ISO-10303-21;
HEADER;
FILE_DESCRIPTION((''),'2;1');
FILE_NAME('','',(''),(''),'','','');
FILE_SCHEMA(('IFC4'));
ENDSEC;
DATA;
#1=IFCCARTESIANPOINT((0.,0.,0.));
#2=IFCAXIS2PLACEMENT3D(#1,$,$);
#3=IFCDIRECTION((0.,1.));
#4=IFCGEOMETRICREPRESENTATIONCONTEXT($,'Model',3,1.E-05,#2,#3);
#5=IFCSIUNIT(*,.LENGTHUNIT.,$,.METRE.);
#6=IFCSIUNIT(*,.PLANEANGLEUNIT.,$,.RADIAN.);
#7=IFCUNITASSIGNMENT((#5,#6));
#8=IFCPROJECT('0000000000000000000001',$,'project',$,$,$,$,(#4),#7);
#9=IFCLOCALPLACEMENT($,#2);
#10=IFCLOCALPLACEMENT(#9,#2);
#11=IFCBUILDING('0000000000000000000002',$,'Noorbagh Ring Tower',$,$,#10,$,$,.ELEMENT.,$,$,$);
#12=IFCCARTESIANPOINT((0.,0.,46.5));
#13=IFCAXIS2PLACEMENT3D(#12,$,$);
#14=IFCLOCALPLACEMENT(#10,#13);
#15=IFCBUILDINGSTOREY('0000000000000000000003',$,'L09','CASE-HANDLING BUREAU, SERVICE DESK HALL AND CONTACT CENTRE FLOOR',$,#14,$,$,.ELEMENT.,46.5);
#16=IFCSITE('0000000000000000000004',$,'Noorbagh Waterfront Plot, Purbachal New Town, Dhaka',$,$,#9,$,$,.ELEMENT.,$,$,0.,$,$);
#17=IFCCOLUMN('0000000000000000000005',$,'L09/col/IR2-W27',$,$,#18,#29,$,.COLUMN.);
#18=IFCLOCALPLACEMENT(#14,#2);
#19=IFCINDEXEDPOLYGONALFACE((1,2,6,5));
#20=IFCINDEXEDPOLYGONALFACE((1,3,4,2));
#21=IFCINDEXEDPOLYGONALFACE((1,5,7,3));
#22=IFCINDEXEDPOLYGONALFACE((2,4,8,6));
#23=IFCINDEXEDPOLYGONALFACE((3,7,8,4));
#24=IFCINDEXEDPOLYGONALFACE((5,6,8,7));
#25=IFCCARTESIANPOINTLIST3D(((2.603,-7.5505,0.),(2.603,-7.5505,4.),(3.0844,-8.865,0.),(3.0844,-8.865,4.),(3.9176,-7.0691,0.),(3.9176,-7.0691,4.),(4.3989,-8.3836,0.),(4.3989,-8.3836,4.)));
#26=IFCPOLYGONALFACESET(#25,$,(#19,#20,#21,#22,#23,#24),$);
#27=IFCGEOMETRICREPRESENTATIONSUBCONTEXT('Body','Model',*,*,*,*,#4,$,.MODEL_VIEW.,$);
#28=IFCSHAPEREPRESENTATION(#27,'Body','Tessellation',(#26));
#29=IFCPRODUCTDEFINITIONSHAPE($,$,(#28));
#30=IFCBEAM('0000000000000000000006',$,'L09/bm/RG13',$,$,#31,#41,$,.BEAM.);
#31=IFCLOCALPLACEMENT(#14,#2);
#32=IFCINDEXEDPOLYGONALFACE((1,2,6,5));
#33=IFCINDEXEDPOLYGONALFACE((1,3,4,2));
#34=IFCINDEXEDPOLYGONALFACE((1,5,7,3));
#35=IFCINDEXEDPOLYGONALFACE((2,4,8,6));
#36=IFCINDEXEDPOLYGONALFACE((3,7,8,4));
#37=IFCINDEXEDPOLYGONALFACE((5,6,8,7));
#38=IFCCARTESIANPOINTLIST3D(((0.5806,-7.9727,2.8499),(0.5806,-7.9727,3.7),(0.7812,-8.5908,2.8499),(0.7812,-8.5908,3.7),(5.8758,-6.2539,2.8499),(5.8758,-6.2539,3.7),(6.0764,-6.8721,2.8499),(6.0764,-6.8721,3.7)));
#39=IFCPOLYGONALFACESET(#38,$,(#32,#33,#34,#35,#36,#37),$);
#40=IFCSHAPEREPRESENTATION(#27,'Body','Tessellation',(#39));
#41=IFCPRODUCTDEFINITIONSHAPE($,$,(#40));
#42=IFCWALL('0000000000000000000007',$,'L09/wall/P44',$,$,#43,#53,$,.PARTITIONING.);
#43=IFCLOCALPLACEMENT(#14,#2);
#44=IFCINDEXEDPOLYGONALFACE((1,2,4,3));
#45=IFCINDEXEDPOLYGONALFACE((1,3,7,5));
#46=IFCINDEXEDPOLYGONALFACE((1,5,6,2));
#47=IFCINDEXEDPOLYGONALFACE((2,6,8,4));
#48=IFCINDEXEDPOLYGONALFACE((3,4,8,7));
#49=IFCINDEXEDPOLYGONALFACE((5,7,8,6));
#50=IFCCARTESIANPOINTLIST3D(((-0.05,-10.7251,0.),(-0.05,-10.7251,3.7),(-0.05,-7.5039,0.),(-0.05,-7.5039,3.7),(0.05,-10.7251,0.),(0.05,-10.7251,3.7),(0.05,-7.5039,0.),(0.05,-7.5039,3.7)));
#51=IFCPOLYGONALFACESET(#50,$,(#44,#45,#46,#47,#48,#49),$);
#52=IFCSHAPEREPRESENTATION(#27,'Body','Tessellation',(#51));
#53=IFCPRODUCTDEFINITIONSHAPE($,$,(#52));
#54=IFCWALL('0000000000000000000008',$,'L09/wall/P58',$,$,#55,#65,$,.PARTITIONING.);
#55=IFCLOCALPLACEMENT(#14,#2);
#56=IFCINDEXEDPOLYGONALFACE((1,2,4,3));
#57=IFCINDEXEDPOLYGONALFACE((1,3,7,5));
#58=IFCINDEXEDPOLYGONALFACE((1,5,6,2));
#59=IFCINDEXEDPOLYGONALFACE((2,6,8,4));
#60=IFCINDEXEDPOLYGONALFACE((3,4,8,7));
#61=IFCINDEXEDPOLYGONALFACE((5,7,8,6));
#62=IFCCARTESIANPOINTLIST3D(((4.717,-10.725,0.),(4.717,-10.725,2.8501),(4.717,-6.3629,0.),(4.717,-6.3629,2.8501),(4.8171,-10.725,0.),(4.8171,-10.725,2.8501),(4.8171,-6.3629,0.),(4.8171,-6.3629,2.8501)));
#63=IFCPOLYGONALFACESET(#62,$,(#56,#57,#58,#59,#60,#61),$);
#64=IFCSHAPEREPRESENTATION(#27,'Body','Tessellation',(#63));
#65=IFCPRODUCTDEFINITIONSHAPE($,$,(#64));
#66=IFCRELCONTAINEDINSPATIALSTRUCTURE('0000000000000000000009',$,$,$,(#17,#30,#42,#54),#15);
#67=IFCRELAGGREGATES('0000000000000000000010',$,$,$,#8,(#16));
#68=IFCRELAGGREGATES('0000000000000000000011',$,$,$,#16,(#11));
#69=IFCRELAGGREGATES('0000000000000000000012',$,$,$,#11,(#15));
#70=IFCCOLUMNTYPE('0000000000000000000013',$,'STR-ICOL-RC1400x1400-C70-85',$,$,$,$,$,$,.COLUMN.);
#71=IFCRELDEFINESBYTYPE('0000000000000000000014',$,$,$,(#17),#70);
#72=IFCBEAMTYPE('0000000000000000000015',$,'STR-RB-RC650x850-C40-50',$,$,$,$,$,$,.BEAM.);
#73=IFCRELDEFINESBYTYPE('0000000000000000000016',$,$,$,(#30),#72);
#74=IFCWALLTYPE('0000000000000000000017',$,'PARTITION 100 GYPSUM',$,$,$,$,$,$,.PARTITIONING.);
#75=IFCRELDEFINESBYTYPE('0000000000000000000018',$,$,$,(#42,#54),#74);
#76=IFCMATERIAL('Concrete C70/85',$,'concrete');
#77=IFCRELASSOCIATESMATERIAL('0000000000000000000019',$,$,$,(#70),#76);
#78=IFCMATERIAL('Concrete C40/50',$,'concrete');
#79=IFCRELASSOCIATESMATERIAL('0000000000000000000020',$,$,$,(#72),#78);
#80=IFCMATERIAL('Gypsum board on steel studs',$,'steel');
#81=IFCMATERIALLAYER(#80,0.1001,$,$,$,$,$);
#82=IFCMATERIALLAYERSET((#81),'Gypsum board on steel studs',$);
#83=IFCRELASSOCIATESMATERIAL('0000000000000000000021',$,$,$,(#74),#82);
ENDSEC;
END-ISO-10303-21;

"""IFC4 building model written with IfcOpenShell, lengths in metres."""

from ifc_helpers import new_model, si_unit, direction, frame, frame_2d, origin, origin_2d, place, context, subcontext, project, spatial, rectangle, extrude, material, layer, layer_set, material_profile, profile_set, type_object, element, save


model = new_model("IFC4")

# Units and contexts
model_context = context("Model", 3, precision=1e-05, world=origin(), true_north=direction((0.0, 1.0)))
body_context = subcontext(model_context, "Body", "Model", "MODEL_VIEW")
ifc_project = project(units=[si_unit("LENGTHUNIT", "METRE"), si_unit("PLANEANGLEUNIT", "RADIAN")], contexts=[model_context])

# Site, building, storey
site_placement = place(None, origin())
site = spatial("IfcSite", under=ifc_project, at=site_placement, Name="Noorbagh Waterfront Plot, Purbachal New Town, Dhaka", CompositionType="ELEMENT", RefElevation=0.0)
building_placement = place(site_placement, origin())
building = spatial("IfcBuilding", under=site, at=building_placement, Name="Noorbagh Ring Tower", CompositionType="ELEMENT")
storey_placement = place(building_placement, frame((0.0, 0.0, 46.5)))
storey = spatial("IfcBuildingStorey", under=building, at=storey_placement, Name="L09", Description="CASE-HANDLING BUREAU, SERVICE DESK HALL AND CONTACT CENTRE FLOOR", CompositionType="ELEMENT", Elevation=46.5)

# Column
ifc_material_1 = material(Name="Concrete C70/85", Category="concrete")
ifc_material_profile_1 = material_profile(ifc_material_1, rectangle(XDim=1.3999, YDim=1.3999, at=origin_2d()), Name="RC1400x1400")
ifc_profile_set_1 = profile_set([ifc_material_profile_1], Name="Concrete C70/85")
column_type = type_object("IfcColumnType", Name="STR-ICOL-RC1400x1400-C70-85", PredefinedType="COLUMN", material=ifc_profile_set_1)
column_placement = place(storey_placement, frame((3.501, -7.967, 0.0), z_axis=(0.0, 0.0, 1.0), x_axis=(0.93902, 0.343864, 0.0)))
element("IfcColumn", 1, at=column_placement, inside=storey, type_object=column_type, Name="L09/col/IR2-W27", PredefinedType="COLUMN", context=body_context, shape_type="SweptSolid", body=[
    extrude(rectangle(XDim=1.3999, YDim=1.3999, at=origin_2d()), origin(), (0.0, 0.0, 1.0), 4.0),
])

# Beam
ifc_material_2 = material(Name="Concrete C40/50", Category="concrete")
ifc_material_profile_2 = material_profile(ifc_material_2, rectangle(XDim=0.6499, YDim=0.8501, at=origin_2d()), Name="RC650x850")
ifc_profile_set_2 = profile_set([ifc_material_profile_2], Name="Concrete C40/50")
beam_type = type_object("IfcBeamType", Name="STR-RB-RC650x850-C40-50", PredefinedType="BEAM", material=ifc_profile_set_2)
beam_placement = place(storey_placement, frame((0.6809, -8.2817, 3.2749), z_axis=(0.951149, 0.308732, 0.0), x_axis=(-0.308732, 0.951149, 0.0)))
element("IfcBeam", 2, at=beam_placement, inside=storey, type_object=beam_type, Name="L09/bm/RG13", PredefinedType="BEAM", context=body_context, shape_type="SweptSolid", body=[
    extrude(rectangle(XDim=0.6499, YDim=0.8501, at=origin_2d()), origin(), (0.0, 0.0, 1.0), 5.5671),
])

# Walls
ifc_material_3 = material(Name="Gypsum board on steel studs", Category="steel")
ifc_layer = layer(ifc_material_3, 0.1001)
ifc_layer_set = layer_set([ifc_layer], Name="Gypsum board on steel studs")
wall_type = type_object("IfcWallType", Name="PARTITION 100 GYPSUM", PredefinedType="PARTITIONING", material=ifc_layer_set)
wall_1_placement = place(storey_placement, frame((0.0, -10.7251, 0.0), z_axis=(0.0, 0.0, 1.0), x_axis=(0.0, 1.0, 0.0)))
element("IfcWall", 3, at=wall_1_placement, inside=storey, type_object=wall_type, Name="L09/wall/P44", PredefinedType="PARTITIONING", context=body_context, shape_type="SweptSolid", body=[
    extrude(rectangle(XDim=3.2212, YDim=0.1001, at=frame_2d((1.6106, 0.0))), origin(), (0.0, 0.0, 1.0), 3.7),
])
wall_2_placement = place(storey_placement, frame((4.7671, -10.7251, 0.0), z_axis=(0.0, 0.0, 1.0), x_axis=(0.0, 1.0, 0.0)))
element("IfcWall", 4, at=wall_2_placement, inside=storey, type_object=wall_type, Name="L09/wall/P58", PredefinedType="PARTITIONING", context=body_context, shape_type="SweptSolid", body=[
    extrude(rectangle(XDim=4.3621, YDim=0.1001, at=frame_2d((2.1812, 0.0))), origin(), (0.0, 0.0, 1.0), 2.8501),
])

save(model, "model.ifc")
